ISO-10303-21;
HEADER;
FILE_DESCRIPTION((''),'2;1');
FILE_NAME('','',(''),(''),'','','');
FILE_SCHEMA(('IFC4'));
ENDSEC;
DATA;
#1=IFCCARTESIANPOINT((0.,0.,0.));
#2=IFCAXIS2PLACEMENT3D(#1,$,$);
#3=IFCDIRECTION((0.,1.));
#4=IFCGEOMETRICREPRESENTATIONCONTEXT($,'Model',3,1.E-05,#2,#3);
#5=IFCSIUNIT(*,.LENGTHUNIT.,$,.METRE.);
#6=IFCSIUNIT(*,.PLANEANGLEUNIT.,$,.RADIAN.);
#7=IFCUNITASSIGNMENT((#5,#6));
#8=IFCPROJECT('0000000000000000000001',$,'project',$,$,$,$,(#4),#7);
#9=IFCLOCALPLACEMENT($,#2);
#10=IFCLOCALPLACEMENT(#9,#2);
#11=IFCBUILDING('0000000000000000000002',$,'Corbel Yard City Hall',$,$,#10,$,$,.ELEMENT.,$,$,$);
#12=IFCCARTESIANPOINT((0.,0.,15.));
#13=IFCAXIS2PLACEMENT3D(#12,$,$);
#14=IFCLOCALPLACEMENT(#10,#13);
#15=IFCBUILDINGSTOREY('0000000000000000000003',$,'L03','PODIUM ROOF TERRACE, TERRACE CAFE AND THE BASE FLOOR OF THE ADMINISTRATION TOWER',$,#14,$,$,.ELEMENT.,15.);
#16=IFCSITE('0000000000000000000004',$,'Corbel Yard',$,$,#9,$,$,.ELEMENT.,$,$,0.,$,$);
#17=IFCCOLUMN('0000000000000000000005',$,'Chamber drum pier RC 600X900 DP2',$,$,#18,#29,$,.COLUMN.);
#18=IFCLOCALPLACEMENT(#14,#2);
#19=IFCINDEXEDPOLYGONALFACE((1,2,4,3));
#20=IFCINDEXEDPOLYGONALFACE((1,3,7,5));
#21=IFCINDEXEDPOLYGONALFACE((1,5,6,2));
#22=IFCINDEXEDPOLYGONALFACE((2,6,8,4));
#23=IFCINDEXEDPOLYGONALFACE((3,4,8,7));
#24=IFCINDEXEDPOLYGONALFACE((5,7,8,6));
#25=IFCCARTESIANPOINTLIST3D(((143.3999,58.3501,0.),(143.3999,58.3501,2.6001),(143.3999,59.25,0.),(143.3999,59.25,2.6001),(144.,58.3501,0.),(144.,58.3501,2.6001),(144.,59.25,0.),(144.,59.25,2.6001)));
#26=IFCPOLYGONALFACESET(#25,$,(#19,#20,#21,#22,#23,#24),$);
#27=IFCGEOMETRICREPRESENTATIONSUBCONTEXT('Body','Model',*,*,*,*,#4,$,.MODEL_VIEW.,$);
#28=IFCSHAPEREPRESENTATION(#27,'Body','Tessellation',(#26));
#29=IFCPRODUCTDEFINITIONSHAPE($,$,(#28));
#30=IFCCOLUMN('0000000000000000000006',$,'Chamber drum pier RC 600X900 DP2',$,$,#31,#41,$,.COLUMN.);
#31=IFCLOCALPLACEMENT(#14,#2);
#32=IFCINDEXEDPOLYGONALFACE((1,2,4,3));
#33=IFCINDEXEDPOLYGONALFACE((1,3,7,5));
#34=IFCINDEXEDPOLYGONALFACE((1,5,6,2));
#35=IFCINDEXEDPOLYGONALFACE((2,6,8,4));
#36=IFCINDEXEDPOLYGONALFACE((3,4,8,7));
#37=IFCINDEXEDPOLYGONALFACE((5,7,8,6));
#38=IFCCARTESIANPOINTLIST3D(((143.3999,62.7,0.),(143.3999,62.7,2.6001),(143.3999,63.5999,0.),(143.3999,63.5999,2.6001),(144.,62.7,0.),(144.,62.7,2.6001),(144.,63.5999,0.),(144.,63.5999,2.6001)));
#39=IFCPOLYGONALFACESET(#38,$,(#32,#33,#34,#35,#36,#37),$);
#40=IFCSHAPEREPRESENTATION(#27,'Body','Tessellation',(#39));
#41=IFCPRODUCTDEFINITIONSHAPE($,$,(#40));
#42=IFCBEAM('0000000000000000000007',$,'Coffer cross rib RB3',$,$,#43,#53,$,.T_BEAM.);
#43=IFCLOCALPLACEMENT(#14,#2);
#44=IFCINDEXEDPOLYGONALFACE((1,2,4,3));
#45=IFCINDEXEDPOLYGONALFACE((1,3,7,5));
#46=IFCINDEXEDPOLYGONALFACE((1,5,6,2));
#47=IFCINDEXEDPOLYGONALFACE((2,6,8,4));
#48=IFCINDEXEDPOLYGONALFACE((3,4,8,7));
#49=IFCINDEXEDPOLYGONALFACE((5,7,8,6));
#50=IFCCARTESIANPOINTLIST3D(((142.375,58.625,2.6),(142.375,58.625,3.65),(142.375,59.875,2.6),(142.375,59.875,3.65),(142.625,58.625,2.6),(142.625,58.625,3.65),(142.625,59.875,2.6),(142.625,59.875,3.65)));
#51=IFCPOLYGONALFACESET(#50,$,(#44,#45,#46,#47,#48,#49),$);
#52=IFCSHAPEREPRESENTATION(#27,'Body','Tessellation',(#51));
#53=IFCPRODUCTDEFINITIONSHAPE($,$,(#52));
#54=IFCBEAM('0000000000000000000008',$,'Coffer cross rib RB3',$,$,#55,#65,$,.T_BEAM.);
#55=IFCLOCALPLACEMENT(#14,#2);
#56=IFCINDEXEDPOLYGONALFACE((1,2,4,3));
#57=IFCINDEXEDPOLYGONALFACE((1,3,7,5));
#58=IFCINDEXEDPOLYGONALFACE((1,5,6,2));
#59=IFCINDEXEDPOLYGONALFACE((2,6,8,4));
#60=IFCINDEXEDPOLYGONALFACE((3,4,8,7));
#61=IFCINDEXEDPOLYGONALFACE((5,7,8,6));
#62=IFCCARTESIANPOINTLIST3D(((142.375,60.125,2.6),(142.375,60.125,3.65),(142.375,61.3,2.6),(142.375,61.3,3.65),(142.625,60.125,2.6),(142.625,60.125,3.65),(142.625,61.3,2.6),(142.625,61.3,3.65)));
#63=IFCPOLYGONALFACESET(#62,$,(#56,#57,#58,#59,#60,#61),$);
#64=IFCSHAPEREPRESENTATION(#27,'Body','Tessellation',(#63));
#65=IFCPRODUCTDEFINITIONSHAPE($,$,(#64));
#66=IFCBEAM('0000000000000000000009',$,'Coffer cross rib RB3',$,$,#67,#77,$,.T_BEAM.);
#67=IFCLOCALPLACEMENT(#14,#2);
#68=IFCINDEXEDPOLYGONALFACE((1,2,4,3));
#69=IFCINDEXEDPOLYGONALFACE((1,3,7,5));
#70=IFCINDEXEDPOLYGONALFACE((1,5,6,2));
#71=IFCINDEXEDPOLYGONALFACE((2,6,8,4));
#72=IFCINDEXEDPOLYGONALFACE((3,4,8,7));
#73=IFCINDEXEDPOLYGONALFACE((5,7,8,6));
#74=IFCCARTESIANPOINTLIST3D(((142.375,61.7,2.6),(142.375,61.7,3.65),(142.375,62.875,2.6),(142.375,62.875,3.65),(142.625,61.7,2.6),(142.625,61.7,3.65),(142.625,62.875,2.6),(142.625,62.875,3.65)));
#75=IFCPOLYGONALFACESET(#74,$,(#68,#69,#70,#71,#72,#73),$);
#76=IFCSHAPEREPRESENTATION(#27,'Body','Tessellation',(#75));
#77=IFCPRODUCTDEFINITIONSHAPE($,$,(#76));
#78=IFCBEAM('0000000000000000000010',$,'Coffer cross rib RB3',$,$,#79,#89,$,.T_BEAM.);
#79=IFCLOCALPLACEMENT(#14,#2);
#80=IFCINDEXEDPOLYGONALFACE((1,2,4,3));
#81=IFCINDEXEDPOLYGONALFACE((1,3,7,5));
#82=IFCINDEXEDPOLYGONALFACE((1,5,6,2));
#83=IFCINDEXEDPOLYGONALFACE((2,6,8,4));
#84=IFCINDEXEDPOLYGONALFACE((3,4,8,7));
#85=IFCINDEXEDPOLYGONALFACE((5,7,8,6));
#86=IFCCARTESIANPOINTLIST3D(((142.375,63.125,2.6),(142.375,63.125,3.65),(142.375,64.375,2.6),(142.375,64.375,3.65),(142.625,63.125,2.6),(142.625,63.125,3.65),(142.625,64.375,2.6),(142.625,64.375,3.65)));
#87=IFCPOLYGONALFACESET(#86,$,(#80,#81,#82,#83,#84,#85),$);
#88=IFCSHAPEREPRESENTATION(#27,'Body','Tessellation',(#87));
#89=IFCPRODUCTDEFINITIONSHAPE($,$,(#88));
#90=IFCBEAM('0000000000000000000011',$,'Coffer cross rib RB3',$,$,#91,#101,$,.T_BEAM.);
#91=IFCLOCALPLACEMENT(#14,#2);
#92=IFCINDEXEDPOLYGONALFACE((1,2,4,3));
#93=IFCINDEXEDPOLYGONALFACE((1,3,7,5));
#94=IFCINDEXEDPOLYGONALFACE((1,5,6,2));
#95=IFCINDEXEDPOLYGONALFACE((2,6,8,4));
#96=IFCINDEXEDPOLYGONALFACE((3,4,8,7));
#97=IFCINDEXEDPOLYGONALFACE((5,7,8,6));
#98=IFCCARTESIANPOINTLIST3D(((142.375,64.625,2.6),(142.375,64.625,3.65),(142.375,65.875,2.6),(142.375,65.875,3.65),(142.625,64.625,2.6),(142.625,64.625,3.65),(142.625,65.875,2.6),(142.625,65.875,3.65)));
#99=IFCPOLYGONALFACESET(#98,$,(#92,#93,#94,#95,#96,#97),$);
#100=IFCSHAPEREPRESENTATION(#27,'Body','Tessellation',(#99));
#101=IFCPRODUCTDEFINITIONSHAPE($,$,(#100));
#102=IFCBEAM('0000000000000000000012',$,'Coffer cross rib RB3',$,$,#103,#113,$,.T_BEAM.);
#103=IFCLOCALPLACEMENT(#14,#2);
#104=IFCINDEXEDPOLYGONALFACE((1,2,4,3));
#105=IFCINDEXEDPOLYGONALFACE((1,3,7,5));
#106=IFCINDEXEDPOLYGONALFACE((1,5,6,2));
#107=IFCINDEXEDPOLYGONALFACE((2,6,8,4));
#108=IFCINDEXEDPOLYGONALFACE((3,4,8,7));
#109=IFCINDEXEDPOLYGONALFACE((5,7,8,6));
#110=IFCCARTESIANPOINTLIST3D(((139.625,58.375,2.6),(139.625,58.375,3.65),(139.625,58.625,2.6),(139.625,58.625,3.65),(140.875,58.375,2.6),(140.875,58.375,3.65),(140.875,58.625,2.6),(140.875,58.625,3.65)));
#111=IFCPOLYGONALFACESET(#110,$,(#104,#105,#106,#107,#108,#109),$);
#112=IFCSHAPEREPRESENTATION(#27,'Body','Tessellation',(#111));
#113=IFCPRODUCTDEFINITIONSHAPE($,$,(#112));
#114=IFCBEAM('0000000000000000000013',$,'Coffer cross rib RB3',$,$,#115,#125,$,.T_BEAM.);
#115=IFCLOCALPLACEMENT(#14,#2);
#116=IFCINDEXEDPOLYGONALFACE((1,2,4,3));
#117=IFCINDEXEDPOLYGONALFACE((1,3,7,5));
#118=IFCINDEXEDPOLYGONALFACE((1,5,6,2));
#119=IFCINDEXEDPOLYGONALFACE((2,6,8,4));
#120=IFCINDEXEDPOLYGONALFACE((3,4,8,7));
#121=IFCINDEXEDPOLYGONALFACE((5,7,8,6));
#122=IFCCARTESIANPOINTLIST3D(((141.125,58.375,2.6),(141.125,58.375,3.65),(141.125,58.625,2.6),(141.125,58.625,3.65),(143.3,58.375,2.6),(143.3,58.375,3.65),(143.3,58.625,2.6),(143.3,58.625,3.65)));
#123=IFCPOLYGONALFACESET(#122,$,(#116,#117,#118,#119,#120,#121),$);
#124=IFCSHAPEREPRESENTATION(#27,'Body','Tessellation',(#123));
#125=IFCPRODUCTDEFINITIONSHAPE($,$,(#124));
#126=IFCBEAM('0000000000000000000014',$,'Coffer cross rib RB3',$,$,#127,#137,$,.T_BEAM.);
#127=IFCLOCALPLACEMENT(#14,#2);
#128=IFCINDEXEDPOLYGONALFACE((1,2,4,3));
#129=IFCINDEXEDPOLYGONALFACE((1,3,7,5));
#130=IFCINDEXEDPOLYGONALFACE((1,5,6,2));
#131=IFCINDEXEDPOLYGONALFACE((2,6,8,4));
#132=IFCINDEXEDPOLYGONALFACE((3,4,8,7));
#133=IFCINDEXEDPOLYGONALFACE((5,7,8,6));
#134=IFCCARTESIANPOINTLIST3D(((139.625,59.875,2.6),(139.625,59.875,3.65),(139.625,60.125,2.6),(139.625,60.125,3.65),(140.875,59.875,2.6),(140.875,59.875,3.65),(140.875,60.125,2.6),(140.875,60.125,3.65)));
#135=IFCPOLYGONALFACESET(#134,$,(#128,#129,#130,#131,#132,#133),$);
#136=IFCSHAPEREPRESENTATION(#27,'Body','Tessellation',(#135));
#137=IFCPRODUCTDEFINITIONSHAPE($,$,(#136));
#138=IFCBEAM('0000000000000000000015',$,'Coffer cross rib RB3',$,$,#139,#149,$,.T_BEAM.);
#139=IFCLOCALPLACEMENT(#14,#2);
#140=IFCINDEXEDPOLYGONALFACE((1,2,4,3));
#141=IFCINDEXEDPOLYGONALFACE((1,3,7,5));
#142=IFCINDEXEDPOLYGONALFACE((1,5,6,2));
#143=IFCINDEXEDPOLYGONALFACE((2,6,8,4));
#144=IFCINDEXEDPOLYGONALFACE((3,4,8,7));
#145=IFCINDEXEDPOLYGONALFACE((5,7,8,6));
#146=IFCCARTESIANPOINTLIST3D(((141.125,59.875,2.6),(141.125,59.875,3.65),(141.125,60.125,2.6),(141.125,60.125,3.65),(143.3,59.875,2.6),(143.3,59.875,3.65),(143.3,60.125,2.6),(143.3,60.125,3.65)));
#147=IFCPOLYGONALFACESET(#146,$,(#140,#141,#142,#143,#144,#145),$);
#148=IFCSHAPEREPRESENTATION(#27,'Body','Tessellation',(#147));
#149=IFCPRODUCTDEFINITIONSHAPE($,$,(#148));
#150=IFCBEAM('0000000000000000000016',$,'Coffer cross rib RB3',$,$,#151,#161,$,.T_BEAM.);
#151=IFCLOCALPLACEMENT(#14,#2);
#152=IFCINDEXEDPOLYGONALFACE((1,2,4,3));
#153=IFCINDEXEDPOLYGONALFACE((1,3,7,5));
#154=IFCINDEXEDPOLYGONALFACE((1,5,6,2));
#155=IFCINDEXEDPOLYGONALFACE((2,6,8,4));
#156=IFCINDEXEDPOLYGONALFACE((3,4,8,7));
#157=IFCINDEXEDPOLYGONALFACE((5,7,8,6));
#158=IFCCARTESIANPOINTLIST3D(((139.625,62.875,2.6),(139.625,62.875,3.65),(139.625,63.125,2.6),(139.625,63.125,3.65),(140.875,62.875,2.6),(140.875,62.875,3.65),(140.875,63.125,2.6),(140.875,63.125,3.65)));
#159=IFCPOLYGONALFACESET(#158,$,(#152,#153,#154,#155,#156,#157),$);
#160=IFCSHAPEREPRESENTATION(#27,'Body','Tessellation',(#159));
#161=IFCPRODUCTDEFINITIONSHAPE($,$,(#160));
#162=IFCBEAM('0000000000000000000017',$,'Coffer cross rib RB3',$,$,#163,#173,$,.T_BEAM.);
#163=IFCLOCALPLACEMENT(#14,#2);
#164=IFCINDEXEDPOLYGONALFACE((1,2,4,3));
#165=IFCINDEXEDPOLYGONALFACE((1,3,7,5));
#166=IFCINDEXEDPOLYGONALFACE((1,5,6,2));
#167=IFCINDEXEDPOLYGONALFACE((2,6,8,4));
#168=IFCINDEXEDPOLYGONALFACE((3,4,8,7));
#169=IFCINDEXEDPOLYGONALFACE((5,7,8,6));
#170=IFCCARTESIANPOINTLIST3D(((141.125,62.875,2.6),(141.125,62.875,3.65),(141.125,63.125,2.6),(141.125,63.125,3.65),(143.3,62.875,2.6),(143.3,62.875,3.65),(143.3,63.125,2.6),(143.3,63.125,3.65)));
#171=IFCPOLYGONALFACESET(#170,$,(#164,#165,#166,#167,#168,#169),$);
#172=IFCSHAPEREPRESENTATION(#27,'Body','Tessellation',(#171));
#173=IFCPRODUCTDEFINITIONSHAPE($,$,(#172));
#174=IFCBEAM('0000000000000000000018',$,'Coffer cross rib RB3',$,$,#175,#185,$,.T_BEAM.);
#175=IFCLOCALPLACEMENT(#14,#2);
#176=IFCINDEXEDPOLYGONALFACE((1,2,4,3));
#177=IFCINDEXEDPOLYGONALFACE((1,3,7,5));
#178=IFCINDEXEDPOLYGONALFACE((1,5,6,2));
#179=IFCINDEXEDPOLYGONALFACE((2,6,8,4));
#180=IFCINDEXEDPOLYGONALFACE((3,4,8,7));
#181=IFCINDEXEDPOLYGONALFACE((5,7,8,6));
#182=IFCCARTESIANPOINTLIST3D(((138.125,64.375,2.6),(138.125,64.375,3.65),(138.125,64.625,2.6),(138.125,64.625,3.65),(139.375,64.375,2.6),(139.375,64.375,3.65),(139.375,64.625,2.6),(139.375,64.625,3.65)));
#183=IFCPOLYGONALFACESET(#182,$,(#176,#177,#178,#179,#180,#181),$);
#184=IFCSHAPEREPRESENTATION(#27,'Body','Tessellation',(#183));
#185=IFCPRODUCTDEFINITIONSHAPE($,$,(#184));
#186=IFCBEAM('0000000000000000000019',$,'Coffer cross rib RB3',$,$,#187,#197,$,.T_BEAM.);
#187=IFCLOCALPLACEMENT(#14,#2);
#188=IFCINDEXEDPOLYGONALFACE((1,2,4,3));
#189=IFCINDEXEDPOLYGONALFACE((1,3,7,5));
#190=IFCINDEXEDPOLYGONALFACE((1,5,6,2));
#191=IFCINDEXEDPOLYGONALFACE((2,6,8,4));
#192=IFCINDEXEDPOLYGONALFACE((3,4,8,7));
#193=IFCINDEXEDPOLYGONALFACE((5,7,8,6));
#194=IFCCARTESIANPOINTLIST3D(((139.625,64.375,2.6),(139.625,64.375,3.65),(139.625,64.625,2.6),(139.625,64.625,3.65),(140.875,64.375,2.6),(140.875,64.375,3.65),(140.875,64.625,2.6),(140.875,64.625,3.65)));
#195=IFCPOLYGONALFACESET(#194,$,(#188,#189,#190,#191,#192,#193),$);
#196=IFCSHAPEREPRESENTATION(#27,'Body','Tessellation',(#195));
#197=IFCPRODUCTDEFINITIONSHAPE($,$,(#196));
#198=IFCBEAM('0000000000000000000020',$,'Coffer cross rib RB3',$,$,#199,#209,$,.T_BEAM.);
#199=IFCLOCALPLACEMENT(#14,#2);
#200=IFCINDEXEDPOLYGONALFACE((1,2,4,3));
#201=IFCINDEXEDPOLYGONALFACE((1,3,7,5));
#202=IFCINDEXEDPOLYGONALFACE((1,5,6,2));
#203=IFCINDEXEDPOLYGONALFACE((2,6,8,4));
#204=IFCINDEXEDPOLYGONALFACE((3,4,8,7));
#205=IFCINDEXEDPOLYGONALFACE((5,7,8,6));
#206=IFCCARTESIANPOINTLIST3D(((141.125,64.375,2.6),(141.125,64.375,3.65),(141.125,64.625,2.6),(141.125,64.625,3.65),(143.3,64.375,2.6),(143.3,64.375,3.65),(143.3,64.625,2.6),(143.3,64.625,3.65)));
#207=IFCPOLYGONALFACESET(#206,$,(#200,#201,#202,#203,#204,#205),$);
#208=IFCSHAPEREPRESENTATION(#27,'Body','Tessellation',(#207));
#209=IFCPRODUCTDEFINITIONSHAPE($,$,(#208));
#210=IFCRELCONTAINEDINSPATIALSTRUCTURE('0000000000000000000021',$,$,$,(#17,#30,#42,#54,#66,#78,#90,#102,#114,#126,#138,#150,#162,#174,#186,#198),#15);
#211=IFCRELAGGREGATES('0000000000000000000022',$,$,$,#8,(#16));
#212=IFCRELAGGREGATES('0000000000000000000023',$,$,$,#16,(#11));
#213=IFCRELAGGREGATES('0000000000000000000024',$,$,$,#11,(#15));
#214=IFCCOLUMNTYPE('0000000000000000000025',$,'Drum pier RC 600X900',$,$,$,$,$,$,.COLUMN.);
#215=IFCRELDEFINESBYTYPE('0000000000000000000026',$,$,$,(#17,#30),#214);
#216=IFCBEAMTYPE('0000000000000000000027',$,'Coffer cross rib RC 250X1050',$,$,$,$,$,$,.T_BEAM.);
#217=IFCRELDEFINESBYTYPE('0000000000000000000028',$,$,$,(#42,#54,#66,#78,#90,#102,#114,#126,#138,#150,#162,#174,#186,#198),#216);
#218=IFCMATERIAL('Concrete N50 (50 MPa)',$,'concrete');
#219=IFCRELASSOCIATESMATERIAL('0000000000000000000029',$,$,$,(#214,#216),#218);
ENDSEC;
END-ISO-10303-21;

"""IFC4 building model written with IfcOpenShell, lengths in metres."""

from ifc_helpers import new_model, si_unit, direction, frame, origin, origin_2d, place, context, subcontext, project, spatial, rectangle, extrude, material, material_profile, profile_set, type_object, element, save


model = new_model("IFC4")

# Units and contexts
model_context = context("Model", 3, precision=1e-05, world=origin(), true_north=direction((0.0, 1.0)))
body_context = subcontext(model_context, "Body", "Model", "MODEL_VIEW")
ifc_project = project(units=[si_unit("LENGTHUNIT", "METRE"), si_unit("PLANEANGLEUNIT", "RADIAN")], contexts=[model_context])

# Site, building, storey
site_placement = place(None, origin())
site = spatial("IfcSite", under=ifc_project, at=site_placement, Name="Corbel Yard", CompositionType="ELEMENT", RefElevation=0.0)
building_placement = place(site_placement, origin())
building = spatial("IfcBuilding", under=site, at=building_placement, Name="Corbel Yard City Hall", CompositionType="ELEMENT")
storey_placement = place(building_placement, frame((0.0, 0.0, 15.0)))
storey = spatial("IfcBuildingStorey", under=building, at=storey_placement, Name="L03", Description="PODIUM ROOF TERRACE, TERRACE CAFE AND THE BASE FLOOR OF THE ADMINISTRATION TOWER", CompositionType="ELEMENT", Elevation=15.0)

# Columns
ifc_material_1 = material(Name="Concrete N50 (50 MPa)", Category="concrete")
ifc_material_profile_1 = material_profile(ifc_material_1, rectangle(XDim=0.6001, YDim=0.8999, at=origin_2d()), Name="600x900")
ifc_profile_set_1 = profile_set([ifc_material_profile_1], Name="Concrete N50 (50 MPa)")
column_type = type_object("IfcColumnType", Name="Drum pier RC 600X900", PredefinedType="COLUMN", material=ifc_profile_set_1)
for number, where, z_axis, x_axis, name in (
    (1, (143.7, 58.8, 0.0), (0.0, 0.0, 1.0), (1.0, 0.0, 0.0), "Chamber drum pier RC 600X900 DP2"),
    (2, (143.7, 63.1499, 0.0), (0.0, 0.0, 1.0), (1.0, 0.0, 0.0), "Chamber drum pier RC 600X900 DP2"),
):
    element("IfcColumn", number, at=place(storey_placement, frame(where, z_axis=z_axis, x_axis=x_axis)), inside=storey, type_object=column_type, Name=name, PredefinedType="COLUMN", context=body_context, shape_type="SweptSolid", body=[
        extrude(rectangle(XDim=0.6001, YDim=0.8999, at=origin_2d()), origin(), (0.0, 0.0, 1.0), 2.6001),
    ])

# Beams
ifc_material_profile_2 = material_profile(ifc_material_1, rectangle(XDim=0.25, YDim=1.05, at=origin_2d()), Name="250x1050")
ifc_profile_set_2 = profile_set([ifc_material_profile_2], Name="Concrete N50 (50 MPa)")
beam_type_1 = type_object("IfcBeamType", Name="Coffer cross rib RC 250X1050", PredefinedType="T_BEAM", material=ifc_profile_set_2)
beam_1_placement = place(storey_placement, frame((142.5, 58.625, 3.125), z_axis=(0.0, 1.0, 0.0), x_axis=(-1.0, 0.0, 0.0)))
element("IfcBeam", 3, at=beam_1_placement, inside=storey, type_object=beam_type_1, Name="Coffer cross rib RB3", PredefinedType="T_BEAM", context=body_context, shape_type="SweptSolid", body=[
    extrude(rectangle(XDim=0.25, YDim=1.05, at=origin_2d()), origin(), (0.0, 0.0, 1.0), 1.25),
])
for number, where, z_axis, x_axis, name in (
    (4, (142.5, 60.125, 3.125), (0.0, 1.0, 0.0), (-1.0, 0.0, 0.0), "Coffer cross rib RB3"),
    (5, (142.5, 61.7, 3.125), (0.0, 1.0, 0.0), (-1.0, 0.0, 0.0), "Coffer cross rib RB3"),
):
    element("IfcBeam", number, at=place(storey_placement, frame(where, z_axis=z_axis, x_axis=x_axis)), inside=storey, type_object=beam_type_1, Name=name, PredefinedType="T_BEAM", context=body_context, shape_type="SweptSolid", body=[
        extrude(rectangle(XDim=0.25, YDim=1.05, at=origin_2d()), origin(), (0.0, 0.0, 1.0), 1.175),
    ])
for number, where, z_axis, x_axis, name in (
    (6, (142.5, 63.125, 3.125), (0.0, 1.0, 0.0), (-1.0, 0.0, 0.0), "Coffer cross rib RB3"),
    (7, (142.5, 64.625, 3.125), (0.0, 1.0, 0.0), (-1.0, 0.0, 0.0), "Coffer cross rib RB3"),
    (8, (139.625, 58.5, 3.125), (1.0, 0.0, 0.0), (0.0, 1.0, 0.0), "Coffer cross rib RB3"),
):
    element("IfcBeam", number, at=place(storey_placement, frame(where, z_axis=z_axis, x_axis=x_axis)), inside=storey, type_object=beam_type_1, Name=name, PredefinedType="T_BEAM", context=body_context, shape_type="SweptSolid", body=[
        extrude(rectangle(XDim=0.25, YDim=1.05, at=origin_2d()), origin(), (0.0, 0.0, 1.0), 1.25),
    ])
beam_2_placement = place(storey_placement, frame((141.125, 58.5, 3.125), z_axis=(1.0, 0.0, 0.0), x_axis=(0.0, 1.0, 0.0)))
element("IfcBeam", 9, at=beam_2_placement, inside=storey, type_object=beam_type_1, Name="Coffer cross rib RB3", PredefinedType="T_BEAM", context=body_context, shape_type="SweptSolid", body=[
    extrude(rectangle(XDim=0.25, YDim=1.05, at=origin_2d()), origin(), (0.0, 0.0, 1.0), 2.175),
])
beam_3_placement = place(storey_placement, frame((139.625, 60.0, 3.125), z_axis=(1.0, 0.0, 0.0), x_axis=(0.0, 1.0, 0.0)))
element("IfcBeam", 10, at=beam_3_placement, inside=storey, type_object=beam_type_1, Name="Coffer cross rib RB3", PredefinedType="T_BEAM", context=body_context, shape_type="SweptSolid", body=[
    extrude(rectangle(XDim=0.25, YDim=1.05, at=origin_2d()), origin(), (0.0, 0.0, 1.0), 1.25),
])
beam_4_placement = place(storey_placement, frame((141.125, 60.0, 3.125), z_axis=(1.0, 0.0, 0.0), x_axis=(0.0, 1.0, 0.0)))
element("IfcBeam", 11, at=beam_4_placement, inside=storey, type_object=beam_type_1, Name="Coffer cross rib RB3", PredefinedType="T_BEAM", context=body_context, shape_type="SweptSolid", body=[
    extrude(rectangle(XDim=0.25, YDim=1.05, at=origin_2d()), origin(), (0.0, 0.0, 1.0), 2.175),
])
beam_5_placement = place(storey_placement, frame((139.625, 63.0, 3.125), z_axis=(1.0, 0.0, 0.0), x_axis=(0.0, 1.0, 0.0)))
element("IfcBeam", 12, at=beam_5_placement, inside=storey, type_object=beam_type_1, Name="Coffer cross rib RB3", PredefinedType="T_BEAM", context=body_context, shape_type="SweptSolid", body=[
    extrude(rectangle(XDim=0.25, YDim=1.05, at=origin_2d()), origin(), (0.0, 0.0, 1.0), 1.25),
])
beam_6_placement = place(storey_placement, frame((141.125, 63.0, 3.125), z_axis=(1.0, 0.0, 0.0), x_axis=(0.0, 1.0, 0.0)))
element("IfcBeam", 13, at=beam_6_placement, inside=storey, type_object=beam_type_1, Name="Coffer cross rib RB3", PredefinedType="T_BEAM", context=body_context, shape_type="SweptSolid", body=[
    extrude(rectangle(XDim=0.25, YDim=1.05, at=origin_2d()), origin(), (0.0, 0.0, 1.0), 2.175),
])
for number, where, z_axis, x_axis, name in (
    (14, (138.125, 64.5, 3.125), (1.0, 0.0, 0.0), (0.0, 1.0, 0.0), "Coffer cross rib RB3"),
    (15, (139.625, 64.5, 3.125), (1.0, 0.0, 0.0), (0.0, 1.0, 0.0), "Coffer cross rib RB3"),
):
    element("IfcBeam", number, at=place(storey_placement, frame(where, z_axis=z_axis, x_axis=x_axis)), inside=storey, type_object=beam_type_1, Name=name, PredefinedType="T_BEAM", context=body_context, shape_type="SweptSolid", body=[
        extrude(rectangle(XDim=0.25, YDim=1.05, at=origin_2d()), origin(), (0.0, 0.0, 1.0), 1.25),
    ])
beam_7_placement = place(storey_placement, frame((141.125, 64.5, 3.125), z_axis=(1.0, 0.0, 0.0), x_axis=(0.0, 1.0, 0.0)))
element("IfcBeam", 16, at=beam_7_placement, inside=storey, type_object=beam_type_1, Name="Coffer cross rib RB3", PredefinedType="T_BEAM", context=body_context, shape_type="SweptSolid", body=[
    extrude(rectangle(XDim=0.25, YDim=1.05, at=origin_2d()), origin(), (0.0, 0.0, 1.0), 2.175),
])

save(model, "model.ifc")
